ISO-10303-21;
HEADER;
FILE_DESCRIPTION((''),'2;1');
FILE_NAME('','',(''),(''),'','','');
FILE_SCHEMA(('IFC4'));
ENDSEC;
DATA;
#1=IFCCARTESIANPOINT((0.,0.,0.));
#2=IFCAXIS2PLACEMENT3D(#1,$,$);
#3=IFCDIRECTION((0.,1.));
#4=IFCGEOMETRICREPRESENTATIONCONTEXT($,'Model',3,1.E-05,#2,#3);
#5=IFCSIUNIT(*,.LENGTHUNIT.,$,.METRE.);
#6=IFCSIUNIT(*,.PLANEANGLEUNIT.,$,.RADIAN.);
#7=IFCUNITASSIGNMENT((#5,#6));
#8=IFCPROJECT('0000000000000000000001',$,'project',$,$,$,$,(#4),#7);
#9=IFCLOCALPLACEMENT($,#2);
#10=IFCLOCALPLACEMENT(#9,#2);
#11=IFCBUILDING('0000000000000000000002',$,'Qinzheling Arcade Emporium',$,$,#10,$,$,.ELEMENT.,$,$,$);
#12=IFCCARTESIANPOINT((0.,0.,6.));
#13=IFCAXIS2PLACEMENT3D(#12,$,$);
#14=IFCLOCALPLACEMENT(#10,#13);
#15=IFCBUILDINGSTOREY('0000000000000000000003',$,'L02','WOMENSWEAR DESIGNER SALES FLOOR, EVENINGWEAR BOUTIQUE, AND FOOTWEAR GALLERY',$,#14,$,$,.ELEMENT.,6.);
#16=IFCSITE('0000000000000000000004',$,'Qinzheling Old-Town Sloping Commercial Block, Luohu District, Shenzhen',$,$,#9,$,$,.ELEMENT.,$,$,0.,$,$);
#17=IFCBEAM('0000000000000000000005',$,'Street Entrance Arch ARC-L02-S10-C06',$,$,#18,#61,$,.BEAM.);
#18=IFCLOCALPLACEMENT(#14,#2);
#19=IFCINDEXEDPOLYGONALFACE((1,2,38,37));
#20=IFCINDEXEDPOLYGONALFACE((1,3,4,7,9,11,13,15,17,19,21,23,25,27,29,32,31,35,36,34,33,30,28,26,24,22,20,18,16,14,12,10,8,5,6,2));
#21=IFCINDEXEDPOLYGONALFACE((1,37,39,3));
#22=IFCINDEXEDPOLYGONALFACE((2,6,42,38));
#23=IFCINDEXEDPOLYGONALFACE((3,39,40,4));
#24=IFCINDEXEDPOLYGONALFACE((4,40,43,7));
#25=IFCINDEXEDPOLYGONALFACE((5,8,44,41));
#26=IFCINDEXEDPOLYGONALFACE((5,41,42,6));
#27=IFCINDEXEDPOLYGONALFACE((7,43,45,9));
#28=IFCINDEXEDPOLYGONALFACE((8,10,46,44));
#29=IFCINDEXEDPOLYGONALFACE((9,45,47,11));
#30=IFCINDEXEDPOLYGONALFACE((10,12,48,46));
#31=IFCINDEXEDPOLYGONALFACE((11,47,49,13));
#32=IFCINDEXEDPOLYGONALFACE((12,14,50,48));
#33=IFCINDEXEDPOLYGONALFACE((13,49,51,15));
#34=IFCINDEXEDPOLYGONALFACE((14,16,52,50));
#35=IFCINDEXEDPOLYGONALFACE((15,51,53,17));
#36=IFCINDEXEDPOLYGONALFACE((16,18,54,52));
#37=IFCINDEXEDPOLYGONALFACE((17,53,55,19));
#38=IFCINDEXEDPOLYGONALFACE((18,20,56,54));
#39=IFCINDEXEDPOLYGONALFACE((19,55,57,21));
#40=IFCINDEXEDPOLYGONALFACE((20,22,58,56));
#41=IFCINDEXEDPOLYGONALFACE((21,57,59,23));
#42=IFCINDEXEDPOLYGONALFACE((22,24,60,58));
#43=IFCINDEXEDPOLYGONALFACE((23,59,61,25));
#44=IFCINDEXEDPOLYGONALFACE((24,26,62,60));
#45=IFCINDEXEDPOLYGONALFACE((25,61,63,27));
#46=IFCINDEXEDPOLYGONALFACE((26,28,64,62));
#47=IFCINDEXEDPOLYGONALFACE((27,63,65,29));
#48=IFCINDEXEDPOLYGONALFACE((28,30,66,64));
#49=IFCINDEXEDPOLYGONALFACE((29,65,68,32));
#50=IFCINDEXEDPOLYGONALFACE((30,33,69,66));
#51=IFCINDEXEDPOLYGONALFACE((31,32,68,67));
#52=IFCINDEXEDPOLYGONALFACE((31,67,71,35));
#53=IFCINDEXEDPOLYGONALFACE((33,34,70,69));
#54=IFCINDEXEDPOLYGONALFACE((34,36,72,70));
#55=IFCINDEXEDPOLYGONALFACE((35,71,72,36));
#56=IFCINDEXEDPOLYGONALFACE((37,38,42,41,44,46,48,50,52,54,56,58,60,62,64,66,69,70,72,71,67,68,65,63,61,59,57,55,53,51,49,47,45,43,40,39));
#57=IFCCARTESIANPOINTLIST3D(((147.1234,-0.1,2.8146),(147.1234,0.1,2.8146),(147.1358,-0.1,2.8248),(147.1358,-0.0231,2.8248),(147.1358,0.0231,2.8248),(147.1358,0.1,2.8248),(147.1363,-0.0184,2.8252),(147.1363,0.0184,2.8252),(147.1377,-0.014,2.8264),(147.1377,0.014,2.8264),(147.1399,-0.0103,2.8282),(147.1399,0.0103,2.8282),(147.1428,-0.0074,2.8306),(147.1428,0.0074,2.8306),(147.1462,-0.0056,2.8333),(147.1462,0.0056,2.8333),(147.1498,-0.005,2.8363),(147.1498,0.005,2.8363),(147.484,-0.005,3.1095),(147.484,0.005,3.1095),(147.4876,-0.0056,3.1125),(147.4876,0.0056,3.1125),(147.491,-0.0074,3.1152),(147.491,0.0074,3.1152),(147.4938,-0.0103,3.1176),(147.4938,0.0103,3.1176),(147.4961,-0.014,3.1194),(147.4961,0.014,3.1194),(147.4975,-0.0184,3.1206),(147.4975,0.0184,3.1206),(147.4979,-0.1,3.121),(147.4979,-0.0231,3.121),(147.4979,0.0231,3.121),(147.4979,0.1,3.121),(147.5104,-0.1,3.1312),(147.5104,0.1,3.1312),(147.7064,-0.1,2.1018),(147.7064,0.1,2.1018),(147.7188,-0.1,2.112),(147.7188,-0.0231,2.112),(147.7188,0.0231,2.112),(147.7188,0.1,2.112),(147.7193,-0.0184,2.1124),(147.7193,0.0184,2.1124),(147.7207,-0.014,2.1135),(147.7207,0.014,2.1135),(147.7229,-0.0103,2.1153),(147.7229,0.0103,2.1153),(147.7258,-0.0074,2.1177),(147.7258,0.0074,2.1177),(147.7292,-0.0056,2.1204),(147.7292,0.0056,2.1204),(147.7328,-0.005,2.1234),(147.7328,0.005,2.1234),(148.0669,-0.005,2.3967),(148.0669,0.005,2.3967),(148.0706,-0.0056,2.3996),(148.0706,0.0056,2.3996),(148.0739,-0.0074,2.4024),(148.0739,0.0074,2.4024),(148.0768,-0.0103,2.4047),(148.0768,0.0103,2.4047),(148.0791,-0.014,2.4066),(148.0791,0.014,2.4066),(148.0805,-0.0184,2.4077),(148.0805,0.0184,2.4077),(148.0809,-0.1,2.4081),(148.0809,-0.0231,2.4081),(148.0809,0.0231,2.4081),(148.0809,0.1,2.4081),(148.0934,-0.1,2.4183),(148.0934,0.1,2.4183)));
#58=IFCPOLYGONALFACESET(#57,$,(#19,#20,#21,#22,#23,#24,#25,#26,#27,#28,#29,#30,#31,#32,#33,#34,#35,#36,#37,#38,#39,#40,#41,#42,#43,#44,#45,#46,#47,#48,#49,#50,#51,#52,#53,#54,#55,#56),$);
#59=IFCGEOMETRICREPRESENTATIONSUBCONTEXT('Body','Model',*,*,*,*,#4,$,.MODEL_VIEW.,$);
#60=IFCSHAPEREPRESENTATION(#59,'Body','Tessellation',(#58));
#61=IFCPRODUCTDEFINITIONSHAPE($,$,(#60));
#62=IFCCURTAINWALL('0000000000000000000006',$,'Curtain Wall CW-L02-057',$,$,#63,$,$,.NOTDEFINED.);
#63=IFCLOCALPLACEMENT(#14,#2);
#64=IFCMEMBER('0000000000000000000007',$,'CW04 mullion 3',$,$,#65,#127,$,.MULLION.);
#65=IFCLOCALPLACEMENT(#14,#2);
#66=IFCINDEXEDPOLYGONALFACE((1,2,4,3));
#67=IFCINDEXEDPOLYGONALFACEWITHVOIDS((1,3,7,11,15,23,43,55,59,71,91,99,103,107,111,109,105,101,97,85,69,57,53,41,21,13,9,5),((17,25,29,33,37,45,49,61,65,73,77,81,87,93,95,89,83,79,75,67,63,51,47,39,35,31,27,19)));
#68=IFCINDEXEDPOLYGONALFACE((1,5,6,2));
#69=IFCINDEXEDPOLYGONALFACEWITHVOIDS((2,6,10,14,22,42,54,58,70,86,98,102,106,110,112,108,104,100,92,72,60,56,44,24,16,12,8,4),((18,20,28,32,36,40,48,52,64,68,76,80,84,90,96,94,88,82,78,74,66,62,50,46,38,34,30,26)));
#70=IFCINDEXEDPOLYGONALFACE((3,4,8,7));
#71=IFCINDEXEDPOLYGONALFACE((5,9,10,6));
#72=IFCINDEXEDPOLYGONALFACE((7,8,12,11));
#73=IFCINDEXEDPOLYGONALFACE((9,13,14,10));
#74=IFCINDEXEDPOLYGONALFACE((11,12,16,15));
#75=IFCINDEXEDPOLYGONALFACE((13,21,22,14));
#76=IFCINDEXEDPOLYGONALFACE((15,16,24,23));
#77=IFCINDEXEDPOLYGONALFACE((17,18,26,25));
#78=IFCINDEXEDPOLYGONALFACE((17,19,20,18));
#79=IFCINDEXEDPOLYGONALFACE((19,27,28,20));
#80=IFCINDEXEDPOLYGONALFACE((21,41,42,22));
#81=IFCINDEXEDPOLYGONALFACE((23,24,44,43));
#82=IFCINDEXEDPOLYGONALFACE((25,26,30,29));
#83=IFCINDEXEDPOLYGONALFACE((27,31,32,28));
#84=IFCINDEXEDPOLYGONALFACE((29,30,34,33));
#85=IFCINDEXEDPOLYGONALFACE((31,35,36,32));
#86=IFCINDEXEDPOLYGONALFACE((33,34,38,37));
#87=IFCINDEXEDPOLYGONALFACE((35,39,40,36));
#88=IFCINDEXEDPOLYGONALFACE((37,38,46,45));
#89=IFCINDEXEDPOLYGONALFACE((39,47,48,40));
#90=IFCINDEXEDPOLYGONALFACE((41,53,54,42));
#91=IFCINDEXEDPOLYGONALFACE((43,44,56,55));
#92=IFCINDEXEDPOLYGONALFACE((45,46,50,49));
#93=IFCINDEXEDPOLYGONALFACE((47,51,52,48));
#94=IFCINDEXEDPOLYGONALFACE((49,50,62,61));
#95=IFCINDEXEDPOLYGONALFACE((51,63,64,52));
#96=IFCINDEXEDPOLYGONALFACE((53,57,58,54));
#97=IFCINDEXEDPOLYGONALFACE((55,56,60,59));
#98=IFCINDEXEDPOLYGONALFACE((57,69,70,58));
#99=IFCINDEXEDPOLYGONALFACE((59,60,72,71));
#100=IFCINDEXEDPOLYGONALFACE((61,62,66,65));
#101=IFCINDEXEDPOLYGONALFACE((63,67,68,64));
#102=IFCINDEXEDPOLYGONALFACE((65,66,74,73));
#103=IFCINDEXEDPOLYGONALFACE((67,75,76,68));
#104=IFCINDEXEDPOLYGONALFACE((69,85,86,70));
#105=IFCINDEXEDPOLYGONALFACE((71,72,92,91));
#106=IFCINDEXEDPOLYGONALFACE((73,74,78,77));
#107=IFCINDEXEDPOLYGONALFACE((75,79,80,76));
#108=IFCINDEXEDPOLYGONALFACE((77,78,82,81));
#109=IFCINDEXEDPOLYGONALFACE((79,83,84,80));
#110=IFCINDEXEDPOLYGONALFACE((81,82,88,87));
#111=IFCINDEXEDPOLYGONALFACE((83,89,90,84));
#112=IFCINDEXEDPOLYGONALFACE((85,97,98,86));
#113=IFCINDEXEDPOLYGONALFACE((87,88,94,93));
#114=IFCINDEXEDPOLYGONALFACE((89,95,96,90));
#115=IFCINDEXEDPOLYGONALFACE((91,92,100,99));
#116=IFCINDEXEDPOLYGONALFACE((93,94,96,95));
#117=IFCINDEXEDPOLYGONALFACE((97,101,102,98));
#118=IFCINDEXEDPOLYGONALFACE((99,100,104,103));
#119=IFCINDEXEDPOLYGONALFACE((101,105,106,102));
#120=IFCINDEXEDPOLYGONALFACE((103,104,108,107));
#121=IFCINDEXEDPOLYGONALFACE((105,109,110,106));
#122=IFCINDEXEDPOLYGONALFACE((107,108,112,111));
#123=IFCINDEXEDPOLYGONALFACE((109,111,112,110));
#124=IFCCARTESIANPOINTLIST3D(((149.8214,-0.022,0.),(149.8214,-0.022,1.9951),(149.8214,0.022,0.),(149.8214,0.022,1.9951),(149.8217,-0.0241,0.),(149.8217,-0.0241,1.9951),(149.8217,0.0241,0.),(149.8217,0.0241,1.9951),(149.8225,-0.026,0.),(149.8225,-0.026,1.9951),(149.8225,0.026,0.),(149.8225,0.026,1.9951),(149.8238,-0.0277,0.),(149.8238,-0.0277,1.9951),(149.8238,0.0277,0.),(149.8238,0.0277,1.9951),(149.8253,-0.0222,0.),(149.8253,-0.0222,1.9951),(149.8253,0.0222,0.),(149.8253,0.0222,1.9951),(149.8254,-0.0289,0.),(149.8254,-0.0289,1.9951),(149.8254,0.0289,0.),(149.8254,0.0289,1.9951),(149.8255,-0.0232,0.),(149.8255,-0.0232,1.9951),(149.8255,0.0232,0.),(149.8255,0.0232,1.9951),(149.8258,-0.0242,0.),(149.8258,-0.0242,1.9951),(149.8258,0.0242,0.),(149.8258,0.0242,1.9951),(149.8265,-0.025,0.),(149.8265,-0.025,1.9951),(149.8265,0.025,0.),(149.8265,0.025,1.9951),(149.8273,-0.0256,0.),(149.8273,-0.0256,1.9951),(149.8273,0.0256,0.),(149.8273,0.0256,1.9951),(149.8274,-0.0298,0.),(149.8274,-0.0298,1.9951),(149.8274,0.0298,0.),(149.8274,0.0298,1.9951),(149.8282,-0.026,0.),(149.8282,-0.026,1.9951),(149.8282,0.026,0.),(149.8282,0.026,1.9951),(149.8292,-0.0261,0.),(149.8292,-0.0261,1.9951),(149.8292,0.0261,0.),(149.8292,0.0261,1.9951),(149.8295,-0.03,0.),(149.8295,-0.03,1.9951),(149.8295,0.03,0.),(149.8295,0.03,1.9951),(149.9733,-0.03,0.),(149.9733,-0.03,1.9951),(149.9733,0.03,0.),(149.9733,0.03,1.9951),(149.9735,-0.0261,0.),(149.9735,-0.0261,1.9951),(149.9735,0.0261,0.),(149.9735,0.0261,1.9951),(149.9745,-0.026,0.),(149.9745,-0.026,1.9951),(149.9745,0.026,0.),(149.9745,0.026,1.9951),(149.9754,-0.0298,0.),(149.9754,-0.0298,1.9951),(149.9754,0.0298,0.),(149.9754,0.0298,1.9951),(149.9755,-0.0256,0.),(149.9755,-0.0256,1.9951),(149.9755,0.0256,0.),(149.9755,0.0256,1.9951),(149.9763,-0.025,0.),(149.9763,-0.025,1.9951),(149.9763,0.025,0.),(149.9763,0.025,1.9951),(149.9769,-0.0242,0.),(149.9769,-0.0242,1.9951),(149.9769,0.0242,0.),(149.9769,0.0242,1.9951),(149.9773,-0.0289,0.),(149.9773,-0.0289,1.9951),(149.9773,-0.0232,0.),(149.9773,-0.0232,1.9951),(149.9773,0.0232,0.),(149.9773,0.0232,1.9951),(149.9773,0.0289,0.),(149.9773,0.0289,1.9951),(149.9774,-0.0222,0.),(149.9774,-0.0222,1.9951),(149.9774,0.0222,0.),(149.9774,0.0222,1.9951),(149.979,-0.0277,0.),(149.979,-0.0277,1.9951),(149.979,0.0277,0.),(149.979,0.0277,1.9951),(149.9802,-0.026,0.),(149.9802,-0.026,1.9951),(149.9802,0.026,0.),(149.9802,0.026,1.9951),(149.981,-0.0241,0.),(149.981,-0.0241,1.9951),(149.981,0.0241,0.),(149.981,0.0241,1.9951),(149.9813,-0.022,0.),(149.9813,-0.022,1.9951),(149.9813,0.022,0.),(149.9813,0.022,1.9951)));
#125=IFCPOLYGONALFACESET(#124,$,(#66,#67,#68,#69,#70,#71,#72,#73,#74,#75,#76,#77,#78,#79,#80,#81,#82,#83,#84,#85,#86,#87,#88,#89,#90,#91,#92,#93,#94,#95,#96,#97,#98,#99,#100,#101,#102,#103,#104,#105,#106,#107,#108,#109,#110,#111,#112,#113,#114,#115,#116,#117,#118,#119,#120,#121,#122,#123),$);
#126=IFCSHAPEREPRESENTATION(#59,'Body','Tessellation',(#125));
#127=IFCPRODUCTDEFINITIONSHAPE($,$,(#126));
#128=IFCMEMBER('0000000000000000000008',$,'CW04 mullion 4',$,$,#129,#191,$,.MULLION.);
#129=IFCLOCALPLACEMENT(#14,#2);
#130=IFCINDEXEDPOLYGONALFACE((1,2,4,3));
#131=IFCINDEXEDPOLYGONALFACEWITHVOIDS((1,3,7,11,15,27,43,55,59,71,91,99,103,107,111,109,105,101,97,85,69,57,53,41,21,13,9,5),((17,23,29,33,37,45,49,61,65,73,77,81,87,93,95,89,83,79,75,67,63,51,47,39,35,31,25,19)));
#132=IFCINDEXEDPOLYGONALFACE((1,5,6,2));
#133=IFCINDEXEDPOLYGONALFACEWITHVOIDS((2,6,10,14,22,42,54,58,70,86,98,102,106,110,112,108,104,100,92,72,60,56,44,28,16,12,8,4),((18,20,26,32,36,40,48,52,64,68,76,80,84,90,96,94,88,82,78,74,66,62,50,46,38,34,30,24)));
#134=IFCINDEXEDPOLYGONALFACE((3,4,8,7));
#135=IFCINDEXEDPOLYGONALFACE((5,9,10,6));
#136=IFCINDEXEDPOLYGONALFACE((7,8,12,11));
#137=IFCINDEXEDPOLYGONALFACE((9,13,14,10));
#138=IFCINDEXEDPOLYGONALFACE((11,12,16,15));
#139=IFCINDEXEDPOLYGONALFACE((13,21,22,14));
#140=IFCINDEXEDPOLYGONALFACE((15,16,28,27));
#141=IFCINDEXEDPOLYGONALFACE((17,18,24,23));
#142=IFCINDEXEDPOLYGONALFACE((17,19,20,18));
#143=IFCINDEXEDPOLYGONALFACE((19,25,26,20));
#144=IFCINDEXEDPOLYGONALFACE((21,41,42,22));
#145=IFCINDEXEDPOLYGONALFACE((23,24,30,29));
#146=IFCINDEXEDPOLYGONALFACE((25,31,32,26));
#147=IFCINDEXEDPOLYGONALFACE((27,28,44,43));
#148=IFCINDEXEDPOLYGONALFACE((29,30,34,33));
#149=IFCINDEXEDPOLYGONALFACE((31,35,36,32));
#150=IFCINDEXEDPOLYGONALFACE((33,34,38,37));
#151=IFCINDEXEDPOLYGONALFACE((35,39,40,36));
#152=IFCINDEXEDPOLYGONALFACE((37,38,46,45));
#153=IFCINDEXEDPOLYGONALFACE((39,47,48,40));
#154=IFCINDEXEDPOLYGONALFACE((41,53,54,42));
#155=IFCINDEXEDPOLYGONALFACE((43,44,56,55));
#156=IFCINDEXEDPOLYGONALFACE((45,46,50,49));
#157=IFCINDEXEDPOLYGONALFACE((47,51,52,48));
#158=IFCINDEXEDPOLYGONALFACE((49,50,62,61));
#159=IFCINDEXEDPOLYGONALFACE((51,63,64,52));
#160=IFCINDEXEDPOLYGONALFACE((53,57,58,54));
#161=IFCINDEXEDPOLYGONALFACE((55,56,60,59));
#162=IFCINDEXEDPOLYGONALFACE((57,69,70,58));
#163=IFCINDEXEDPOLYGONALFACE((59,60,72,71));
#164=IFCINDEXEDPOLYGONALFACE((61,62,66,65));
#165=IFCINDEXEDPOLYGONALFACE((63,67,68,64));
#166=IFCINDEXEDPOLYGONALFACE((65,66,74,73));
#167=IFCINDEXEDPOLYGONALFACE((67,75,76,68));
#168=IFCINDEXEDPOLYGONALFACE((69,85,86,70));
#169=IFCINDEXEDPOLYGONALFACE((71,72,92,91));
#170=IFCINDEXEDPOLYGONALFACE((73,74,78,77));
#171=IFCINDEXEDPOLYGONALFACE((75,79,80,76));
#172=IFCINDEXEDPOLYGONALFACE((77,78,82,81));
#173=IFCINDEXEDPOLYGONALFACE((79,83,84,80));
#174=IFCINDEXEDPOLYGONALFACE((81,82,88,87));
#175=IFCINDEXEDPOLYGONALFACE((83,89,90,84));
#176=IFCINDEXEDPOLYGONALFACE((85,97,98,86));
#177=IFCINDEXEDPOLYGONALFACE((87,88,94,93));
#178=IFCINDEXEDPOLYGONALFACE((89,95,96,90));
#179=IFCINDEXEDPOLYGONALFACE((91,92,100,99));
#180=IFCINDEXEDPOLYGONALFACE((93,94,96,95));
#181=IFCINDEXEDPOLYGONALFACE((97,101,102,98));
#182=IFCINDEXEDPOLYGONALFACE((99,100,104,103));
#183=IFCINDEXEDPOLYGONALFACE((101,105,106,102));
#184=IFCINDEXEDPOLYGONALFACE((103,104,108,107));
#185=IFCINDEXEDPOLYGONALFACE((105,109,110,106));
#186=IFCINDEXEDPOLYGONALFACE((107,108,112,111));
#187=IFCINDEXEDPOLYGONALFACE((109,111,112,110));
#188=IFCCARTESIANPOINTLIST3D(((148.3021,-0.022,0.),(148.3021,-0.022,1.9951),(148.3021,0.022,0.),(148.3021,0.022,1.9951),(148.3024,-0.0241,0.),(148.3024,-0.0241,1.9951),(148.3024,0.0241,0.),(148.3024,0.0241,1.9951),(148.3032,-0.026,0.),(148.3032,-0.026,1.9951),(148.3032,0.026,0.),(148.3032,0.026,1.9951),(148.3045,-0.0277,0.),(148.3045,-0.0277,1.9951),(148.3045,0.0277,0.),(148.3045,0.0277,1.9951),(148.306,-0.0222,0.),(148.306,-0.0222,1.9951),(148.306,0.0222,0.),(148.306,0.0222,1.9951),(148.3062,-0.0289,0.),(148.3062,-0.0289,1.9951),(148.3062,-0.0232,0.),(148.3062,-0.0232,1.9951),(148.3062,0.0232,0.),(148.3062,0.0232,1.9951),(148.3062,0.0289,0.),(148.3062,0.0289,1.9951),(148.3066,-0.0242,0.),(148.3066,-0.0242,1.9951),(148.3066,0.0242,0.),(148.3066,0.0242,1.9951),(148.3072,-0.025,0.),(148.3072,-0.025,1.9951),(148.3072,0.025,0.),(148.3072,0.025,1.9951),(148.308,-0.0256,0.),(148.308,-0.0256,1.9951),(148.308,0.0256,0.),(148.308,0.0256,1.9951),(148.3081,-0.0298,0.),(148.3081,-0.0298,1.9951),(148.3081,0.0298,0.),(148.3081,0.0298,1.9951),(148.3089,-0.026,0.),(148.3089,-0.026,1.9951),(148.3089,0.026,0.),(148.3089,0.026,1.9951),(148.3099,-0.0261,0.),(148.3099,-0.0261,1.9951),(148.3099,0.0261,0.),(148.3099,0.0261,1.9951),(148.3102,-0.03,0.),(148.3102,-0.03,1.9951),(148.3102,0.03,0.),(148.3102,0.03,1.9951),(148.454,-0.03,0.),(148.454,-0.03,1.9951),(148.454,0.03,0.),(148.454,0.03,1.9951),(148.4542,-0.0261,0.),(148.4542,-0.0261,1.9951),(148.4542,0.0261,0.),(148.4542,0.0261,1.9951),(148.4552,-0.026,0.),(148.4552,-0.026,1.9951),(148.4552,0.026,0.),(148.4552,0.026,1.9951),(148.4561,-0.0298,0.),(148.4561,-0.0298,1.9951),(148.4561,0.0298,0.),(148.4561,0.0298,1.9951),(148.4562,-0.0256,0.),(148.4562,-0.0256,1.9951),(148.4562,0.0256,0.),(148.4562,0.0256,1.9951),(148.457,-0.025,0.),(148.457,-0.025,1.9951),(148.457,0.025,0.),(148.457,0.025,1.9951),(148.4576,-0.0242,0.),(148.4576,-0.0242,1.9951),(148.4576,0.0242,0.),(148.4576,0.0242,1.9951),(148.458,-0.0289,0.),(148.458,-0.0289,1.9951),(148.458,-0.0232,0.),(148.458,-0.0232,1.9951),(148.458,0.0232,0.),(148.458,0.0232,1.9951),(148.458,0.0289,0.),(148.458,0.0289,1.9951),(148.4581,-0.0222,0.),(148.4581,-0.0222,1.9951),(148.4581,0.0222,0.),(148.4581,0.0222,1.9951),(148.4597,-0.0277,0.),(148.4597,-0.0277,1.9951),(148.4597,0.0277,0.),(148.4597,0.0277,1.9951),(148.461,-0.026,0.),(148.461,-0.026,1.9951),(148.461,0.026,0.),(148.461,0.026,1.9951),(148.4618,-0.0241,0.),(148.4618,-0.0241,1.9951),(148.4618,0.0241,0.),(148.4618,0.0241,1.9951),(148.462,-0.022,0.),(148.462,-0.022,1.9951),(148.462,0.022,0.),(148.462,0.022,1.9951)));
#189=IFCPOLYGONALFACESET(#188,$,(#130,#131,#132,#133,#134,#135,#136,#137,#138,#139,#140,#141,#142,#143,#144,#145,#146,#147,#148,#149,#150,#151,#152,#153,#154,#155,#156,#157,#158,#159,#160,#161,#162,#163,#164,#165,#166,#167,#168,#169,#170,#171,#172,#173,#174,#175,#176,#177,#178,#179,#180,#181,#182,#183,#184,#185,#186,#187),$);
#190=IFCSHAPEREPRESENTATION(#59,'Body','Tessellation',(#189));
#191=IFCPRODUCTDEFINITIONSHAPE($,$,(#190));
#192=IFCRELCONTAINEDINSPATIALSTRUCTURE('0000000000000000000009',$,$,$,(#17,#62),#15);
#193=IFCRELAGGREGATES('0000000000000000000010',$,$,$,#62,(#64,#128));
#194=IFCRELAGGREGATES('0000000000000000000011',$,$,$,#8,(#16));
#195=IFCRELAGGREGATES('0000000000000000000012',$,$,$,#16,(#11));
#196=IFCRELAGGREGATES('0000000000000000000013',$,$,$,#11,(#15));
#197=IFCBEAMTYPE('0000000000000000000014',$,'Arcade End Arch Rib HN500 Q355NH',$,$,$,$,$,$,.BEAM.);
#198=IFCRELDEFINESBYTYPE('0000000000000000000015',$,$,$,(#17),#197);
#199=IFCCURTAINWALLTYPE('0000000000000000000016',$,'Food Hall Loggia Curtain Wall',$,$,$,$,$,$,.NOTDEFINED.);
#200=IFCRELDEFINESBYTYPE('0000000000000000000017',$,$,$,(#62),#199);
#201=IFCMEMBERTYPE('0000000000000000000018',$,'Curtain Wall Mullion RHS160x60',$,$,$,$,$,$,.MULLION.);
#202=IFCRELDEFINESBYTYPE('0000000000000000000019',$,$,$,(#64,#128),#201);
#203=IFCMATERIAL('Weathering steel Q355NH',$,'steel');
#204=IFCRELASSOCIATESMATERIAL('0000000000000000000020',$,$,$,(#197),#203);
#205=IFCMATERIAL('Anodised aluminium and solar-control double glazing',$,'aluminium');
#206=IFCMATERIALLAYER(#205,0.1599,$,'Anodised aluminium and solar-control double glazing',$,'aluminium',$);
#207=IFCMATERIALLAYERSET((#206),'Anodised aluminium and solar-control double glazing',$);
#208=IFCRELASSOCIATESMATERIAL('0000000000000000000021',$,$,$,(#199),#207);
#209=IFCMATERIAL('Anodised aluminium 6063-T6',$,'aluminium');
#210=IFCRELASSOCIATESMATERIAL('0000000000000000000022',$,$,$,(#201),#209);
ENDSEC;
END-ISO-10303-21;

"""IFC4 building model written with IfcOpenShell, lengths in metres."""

from ifc_helpers import new_model, si_unit, direction, frame, origin, origin_2d, place, context, subcontext, project, spatial, hollow_rectangle, i_section, extrude, material, layer, layer_set, material_profile, profile_set, type_object, element, aggregate, save


model = new_model("IFC4")

# Units and contexts
model_context = context("Model", 3, precision=1e-05, world=origin(), true_north=direction((0.0, 1.0)))
body_context = subcontext(model_context, "Body", "Model", "MODEL_VIEW")
ifc_project = project(units=[si_unit("LENGTHUNIT", "METRE"), si_unit("PLANEANGLEUNIT", "RADIAN")], contexts=[model_context])

# Site, building, storey
site_placement = place(None, origin())
site = spatial("IfcSite", under=ifc_project, at=site_placement, Name="Qinzheling Old-Town Sloping Commercial Block, Luohu District, Shenzhen", CompositionType="ELEMENT", RefElevation=0.0)
building_placement = place(site_placement, origin())
building = spatial("IfcBuilding", under=site, at=building_placement, Name="Qinzheling Arcade Emporium", CompositionType="ELEMENT")
storey_placement = place(building_placement, frame((0.0, 0.0, 6.0)))
storey = spatial("IfcBuildingStorey", under=building, at=storey_placement, Name="L02", Description="WOMENSWEAR DESIGNER SALES FLOOR, EVENINGWEAR BOUTIQUE, AND FOOTWEAR GALLERY", CompositionType="ELEMENT", Elevation=6.0)

# Beam
ifc_material_1 = material(Name="Weathering steel Q355NH", Category="steel")
ifc_material_profile_1 = material_profile(ifc_material_1, i_section(OverallWidth=0.2, OverallDepth=0.5, WebThickness=0.01, FlangeThickness=0.0161, FilletRadius=0.0181, at=origin_2d()), Name="HN 500x200x10x16", Category="steel")
ifc_profile_set_1 = profile_set([ifc_material_profile_1], Name="Weathering steel Q355NH")
beam_type_1 = type_object("IfcBeamType", Name="Arcade End Arch Rib HN500 Q355NH", PredefinedType="BEAM", material=ifc_profile_set_1)
beam_1_placement = place(storey_placement, frame((147.3169, 0.0, 2.9729), z_axis=(0.633065, 0.0, -0.774099), x_axis=(0.0, 1.0, 0.0)))
element("IfcBeam", 1, at=beam_1_placement, inside=storey, type_object=beam_type_1, Name="Street Entrance Arch ARC-L02-S10-C06", PredefinedType="BEAM", context=body_context, shape_type="SweptSolid", body=[
    extrude(i_section(OverallWidth=0.2, OverallDepth=0.5, WebThickness=0.01, FlangeThickness=0.0161, FilletRadius=0.0181, at=origin_2d()), origin(), (0.0, 0.0, 1.0), 0.9209),
])

# Curtain wall, members
ifc_material_2 = material(Name="Anodised aluminium and solar-control double glazing", Category="aluminium")
ifc_layer_1 = layer(ifc_material_2, 0.1599, Name="Anodised aluminium and solar-control double glazing", Category="aluminium")
ifc_layer_set_1 = layer_set([ifc_layer_1], Name="Anodised aluminium and solar-control double glazing")
curtain_wall_type = type_object("IfcCurtainWallType", Name="Food Hall Loggia Curtain Wall", PredefinedType="NOTDEFINED", material=ifc_layer_set_1)
curtain_wall_placement = place(storey_placement, origin())
curtain_wall = element("IfcCurtainWall", 2, at=curtain_wall_placement, inside=storey, type_object=curtain_wall_type, Name="Curtain Wall CW-L02-057", PredefinedType="NOTDEFINED")
ifc_material_3 = material(Name="Anodised aluminium 6063-T6", Category="aluminium")
ifc_material_profile_2 = material_profile(ifc_material_3, hollow_rectangle(XDim=0.0601, YDim=0.1599, WallThickness=0.0039, InnerFilletRadius=0.0039, OuterFilletRadius=0.0081, at=origin_2d()), Name="RHS 160x60x4", Category="aluminium")
ifc_profile_set_2 = profile_set([ifc_material_profile_2], Name="Anodised aluminium 6063-T6")
member_type_1 = type_object("IfcMemberType", Name="Curtain Wall Mullion RHS160x60", PredefinedType="MULLION", material=ifc_profile_set_2)
member_1_placement = place(storey_placement, frame((149.9014, 0.0, 0.0), z_axis=(0.0, 0.0, 1.0), x_axis=(0.0, -1.0, 0.0)))
member_1 = element("IfcMember", 3, at=member_1_placement, type_object=member_type_1, Name="CW04 mullion 3", PredefinedType="MULLION", context=body_context, shape_type="SweptSolid", body=[
    extrude(hollow_rectangle(XDim=0.0601, YDim=0.1599, WallThickness=0.0039, InnerFilletRadius=0.0039, OuterFilletRadius=0.0081, at=origin_2d()), origin(), (0.0, 0.0, 1.0), 1.9951),
])
member_2_placement = place(storey_placement, frame((148.3821, 0.0, 0.0), z_axis=(0.0, 0.0, 1.0), x_axis=(0.0, -1.0, 0.0)))
member_2 = element("IfcMember", 4, at=member_2_placement, type_object=member_type_1, Name="CW04 mullion 4", PredefinedType="MULLION", context=body_context, shape_type="SweptSolid", body=[
    extrude(hollow_rectangle(XDim=0.0601, YDim=0.1599, WallThickness=0.0039, InnerFilletRadius=0.0039, OuterFilletRadius=0.0081, at=origin_2d()), origin(), (0.0, 0.0, 1.0), 1.9951),
])

aggregate(curtain_wall, [member_1, member_2])

save(model, "model.ifc")
